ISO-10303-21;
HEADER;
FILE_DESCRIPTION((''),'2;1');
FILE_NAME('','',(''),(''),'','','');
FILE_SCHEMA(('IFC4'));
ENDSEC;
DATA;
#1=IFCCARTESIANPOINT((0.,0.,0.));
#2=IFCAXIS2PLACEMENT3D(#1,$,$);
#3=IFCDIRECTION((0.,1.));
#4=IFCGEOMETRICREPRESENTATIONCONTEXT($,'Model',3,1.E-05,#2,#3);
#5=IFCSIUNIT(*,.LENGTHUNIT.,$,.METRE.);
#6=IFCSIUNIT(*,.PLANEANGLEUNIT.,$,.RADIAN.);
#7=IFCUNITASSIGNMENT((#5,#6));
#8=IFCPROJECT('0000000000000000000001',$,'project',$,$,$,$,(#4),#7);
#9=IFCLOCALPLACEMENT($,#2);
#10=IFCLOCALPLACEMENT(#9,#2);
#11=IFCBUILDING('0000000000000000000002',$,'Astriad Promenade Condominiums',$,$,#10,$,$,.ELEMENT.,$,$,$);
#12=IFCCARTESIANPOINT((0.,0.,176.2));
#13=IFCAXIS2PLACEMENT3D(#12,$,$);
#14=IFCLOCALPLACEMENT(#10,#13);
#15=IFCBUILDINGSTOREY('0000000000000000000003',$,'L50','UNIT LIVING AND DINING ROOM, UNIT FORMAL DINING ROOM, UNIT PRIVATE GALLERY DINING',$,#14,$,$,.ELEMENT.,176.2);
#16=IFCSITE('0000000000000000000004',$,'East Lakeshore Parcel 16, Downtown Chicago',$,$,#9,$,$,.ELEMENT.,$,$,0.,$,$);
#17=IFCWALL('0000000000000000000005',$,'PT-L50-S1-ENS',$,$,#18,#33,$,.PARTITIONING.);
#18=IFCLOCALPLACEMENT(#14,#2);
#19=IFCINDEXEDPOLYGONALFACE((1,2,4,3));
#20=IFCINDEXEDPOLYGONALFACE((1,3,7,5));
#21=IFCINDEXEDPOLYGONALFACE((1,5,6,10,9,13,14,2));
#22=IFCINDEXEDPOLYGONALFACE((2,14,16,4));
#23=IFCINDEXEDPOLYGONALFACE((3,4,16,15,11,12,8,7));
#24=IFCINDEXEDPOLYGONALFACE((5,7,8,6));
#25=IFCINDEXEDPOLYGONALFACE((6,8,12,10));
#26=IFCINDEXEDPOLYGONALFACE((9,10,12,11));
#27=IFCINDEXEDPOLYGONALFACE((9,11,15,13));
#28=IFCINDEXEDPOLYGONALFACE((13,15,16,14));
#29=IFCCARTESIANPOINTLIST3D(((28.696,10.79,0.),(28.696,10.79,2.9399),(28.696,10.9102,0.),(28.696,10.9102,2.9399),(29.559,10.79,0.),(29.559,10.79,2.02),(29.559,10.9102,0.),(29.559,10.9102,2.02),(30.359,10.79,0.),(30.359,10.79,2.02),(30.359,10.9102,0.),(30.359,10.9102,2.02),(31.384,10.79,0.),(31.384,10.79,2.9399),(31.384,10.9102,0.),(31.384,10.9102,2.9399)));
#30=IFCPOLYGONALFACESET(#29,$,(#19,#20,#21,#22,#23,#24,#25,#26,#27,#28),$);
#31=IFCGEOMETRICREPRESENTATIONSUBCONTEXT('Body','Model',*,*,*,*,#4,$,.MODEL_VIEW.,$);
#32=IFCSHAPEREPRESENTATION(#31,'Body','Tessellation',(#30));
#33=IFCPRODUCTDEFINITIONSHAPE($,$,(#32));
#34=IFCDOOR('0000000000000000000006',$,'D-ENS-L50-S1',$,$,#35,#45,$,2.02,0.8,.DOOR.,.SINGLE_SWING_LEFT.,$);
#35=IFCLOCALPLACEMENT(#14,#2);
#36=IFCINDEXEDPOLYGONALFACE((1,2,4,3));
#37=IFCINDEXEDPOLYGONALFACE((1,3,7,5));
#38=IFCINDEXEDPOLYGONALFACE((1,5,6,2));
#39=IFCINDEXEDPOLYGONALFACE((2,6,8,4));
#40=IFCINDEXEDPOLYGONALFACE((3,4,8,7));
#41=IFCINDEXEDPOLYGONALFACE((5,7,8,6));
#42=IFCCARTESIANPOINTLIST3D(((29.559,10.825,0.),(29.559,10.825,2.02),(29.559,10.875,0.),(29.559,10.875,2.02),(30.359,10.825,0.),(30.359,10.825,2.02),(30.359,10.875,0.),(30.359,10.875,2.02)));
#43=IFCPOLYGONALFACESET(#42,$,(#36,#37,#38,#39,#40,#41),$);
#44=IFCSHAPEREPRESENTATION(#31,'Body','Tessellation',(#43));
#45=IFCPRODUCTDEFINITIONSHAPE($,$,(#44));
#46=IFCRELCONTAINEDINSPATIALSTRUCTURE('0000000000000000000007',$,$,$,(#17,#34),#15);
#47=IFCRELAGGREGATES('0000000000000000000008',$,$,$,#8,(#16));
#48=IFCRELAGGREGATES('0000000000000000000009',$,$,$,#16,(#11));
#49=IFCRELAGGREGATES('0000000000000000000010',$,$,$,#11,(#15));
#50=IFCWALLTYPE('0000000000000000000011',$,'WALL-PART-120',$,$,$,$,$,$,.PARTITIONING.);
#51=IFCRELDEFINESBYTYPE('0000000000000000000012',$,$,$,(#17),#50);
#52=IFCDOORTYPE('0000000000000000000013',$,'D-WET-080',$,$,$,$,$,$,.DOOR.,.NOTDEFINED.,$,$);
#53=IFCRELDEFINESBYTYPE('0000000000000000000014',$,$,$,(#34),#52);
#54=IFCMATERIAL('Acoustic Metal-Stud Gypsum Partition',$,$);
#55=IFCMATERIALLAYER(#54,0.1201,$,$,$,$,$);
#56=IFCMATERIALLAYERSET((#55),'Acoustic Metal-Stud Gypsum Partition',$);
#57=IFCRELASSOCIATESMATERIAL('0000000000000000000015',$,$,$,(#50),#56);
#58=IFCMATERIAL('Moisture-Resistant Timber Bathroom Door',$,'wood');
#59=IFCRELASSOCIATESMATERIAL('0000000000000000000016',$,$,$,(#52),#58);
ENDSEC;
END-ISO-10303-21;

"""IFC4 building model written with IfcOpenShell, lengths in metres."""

from ifc_helpers import new_model, si_unit, direction, frame, frame_2d, origin, place, context, subcontext, project, spatial, rectangle, extrude, source, transform, mapped, material, layer, layer_set, type_object, type_shapes, element, fill, save


model = new_model("IFC4")

# Units and contexts
model_context = context("Model", 3, precision=1e-05, world=origin(), true_north=direction((0.0, 1.0)))
body_context = subcontext(model_context, "Body", "Model", "MODEL_VIEW")
ifc_project = project(units=[si_unit("LENGTHUNIT", "METRE"), si_unit("PLANEANGLEUNIT", "RADIAN")], contexts=[model_context])

# Site, building, storey
site_placement = place(None, origin())
site = spatial("IfcSite", under=ifc_project, at=site_placement, Name="East Lakeshore Parcel 16, Downtown Chicago", CompositionType="ELEMENT", RefElevation=0.0)
building_placement = place(site_placement, origin())
building = spatial("IfcBuilding", under=site, at=building_placement, Name="Astriad Promenade Condominiums", CompositionType="ELEMENT")
storey_placement = place(building_placement, frame((0.0, 0.0, 176.2)))
storey = spatial("IfcBuildingStorey", under=building, at=storey_placement, Name="L50", Description="UNIT LIVING AND DINING ROOM, UNIT FORMAL DINING ROOM, UNIT PRIVATE GALLERY DINING", CompositionType="ELEMENT", Elevation=176.2)

# Shared definitions
ifc_material_1 = material(Name="Acoustic Metal-Stud Gypsum Partition")
ifc_layer_1 = layer(ifc_material_1, 0.1201)
ifc_layer_set_1 = layer_set([ifc_layer_1], Name="Acoustic Metal-Stud Gypsum Partition")
wall_type_1 = type_object("IfcWallType", Name="WALL-PART-120", PredefinedType="PARTITIONING", material=ifc_layer_set_1)

# Shared definitions
ifc_material_2 = material(Name="Moisture-Resistant Timber Bathroom Door", Category="wood")
door_type_1 = type_object("IfcDoorType", Name="D-WET-080", OperationType="NOTDEFINED", PredefinedType="DOOR", material=ifc_material_2)
shared_shape_1 = source(origin(), body_context, "Body", "SweptSolid", [
    extrude(rectangle(XDim=0.8, YDim=2.02, at=frame_2d((0.3999, 1.01))), frame((0.0, 0.0249, 0.0), z_axis=(0.0, -1.0, 0.0), x_axis=(1.0, 0.0, 0.0)), (0.0, 0.0, 1.0), 0.05),
])
type_shapes(door_type_1, [shared_shape_1])

# Wall, opening, door
wall_1_placement = place(storey_placement, frame((28.696, 10.8501, 0.0), z_axis=(0.0, 0.0, 1.0), x_axis=(1.0, 0.0, 0.0)))
wall_1 = element("IfcWall", 1, at=wall_1_placement, inside=storey, type_object=wall_type_1, Name="PT-L50-S1-ENS", PredefinedType="PARTITIONING", context=body_context, shape_type="SweptSolid", body=[
    extrude(rectangle(XDim=2.688, YDim=0.1201, at=frame_2d((1.344, 0.0))), origin(), (0.0, 0.0, 1.0), 2.9399),
])
opening_1_placement = place(wall_1_placement, frame((0.863, 0.0, 0.0)))
opening_1 = element("IfcOpeningElement", 2, at=opening_1_placement, cuts=wall_1, PredefinedType="OPENING", context=body_context, shape_type="SweptSolid", body=[
    extrude(rectangle(XDim=0.8, YDim=2.02, at=frame_2d((0.3999, 1.01))), frame((0.0, 0.0701, 0.0), z_axis=(0.0, -1.0, 0.0), x_axis=(1.0, 0.0, 0.0)), (0.0, 0.0, 1.0), 0.1401),
])
door_1_placement = place(opening_1_placement, origin())
door_1 = element("IfcDoor", 3, at=door_1_placement, inside=storey, type_object=door_type_1, Name="D-ENS-L50-S1", OperationType="SINGLE_SWING_LEFT", OverallHeight=2.02, OverallWidth=0.8, PredefinedType="DOOR", context=body_context, shape_type="MappedRepresentation", body=[
    mapped(shared_shape_1, transform((0.0, 0.0, 0.0), scale=1.0)),
])
fill(opening_1, door_1)

save(model, "model.ifc")
